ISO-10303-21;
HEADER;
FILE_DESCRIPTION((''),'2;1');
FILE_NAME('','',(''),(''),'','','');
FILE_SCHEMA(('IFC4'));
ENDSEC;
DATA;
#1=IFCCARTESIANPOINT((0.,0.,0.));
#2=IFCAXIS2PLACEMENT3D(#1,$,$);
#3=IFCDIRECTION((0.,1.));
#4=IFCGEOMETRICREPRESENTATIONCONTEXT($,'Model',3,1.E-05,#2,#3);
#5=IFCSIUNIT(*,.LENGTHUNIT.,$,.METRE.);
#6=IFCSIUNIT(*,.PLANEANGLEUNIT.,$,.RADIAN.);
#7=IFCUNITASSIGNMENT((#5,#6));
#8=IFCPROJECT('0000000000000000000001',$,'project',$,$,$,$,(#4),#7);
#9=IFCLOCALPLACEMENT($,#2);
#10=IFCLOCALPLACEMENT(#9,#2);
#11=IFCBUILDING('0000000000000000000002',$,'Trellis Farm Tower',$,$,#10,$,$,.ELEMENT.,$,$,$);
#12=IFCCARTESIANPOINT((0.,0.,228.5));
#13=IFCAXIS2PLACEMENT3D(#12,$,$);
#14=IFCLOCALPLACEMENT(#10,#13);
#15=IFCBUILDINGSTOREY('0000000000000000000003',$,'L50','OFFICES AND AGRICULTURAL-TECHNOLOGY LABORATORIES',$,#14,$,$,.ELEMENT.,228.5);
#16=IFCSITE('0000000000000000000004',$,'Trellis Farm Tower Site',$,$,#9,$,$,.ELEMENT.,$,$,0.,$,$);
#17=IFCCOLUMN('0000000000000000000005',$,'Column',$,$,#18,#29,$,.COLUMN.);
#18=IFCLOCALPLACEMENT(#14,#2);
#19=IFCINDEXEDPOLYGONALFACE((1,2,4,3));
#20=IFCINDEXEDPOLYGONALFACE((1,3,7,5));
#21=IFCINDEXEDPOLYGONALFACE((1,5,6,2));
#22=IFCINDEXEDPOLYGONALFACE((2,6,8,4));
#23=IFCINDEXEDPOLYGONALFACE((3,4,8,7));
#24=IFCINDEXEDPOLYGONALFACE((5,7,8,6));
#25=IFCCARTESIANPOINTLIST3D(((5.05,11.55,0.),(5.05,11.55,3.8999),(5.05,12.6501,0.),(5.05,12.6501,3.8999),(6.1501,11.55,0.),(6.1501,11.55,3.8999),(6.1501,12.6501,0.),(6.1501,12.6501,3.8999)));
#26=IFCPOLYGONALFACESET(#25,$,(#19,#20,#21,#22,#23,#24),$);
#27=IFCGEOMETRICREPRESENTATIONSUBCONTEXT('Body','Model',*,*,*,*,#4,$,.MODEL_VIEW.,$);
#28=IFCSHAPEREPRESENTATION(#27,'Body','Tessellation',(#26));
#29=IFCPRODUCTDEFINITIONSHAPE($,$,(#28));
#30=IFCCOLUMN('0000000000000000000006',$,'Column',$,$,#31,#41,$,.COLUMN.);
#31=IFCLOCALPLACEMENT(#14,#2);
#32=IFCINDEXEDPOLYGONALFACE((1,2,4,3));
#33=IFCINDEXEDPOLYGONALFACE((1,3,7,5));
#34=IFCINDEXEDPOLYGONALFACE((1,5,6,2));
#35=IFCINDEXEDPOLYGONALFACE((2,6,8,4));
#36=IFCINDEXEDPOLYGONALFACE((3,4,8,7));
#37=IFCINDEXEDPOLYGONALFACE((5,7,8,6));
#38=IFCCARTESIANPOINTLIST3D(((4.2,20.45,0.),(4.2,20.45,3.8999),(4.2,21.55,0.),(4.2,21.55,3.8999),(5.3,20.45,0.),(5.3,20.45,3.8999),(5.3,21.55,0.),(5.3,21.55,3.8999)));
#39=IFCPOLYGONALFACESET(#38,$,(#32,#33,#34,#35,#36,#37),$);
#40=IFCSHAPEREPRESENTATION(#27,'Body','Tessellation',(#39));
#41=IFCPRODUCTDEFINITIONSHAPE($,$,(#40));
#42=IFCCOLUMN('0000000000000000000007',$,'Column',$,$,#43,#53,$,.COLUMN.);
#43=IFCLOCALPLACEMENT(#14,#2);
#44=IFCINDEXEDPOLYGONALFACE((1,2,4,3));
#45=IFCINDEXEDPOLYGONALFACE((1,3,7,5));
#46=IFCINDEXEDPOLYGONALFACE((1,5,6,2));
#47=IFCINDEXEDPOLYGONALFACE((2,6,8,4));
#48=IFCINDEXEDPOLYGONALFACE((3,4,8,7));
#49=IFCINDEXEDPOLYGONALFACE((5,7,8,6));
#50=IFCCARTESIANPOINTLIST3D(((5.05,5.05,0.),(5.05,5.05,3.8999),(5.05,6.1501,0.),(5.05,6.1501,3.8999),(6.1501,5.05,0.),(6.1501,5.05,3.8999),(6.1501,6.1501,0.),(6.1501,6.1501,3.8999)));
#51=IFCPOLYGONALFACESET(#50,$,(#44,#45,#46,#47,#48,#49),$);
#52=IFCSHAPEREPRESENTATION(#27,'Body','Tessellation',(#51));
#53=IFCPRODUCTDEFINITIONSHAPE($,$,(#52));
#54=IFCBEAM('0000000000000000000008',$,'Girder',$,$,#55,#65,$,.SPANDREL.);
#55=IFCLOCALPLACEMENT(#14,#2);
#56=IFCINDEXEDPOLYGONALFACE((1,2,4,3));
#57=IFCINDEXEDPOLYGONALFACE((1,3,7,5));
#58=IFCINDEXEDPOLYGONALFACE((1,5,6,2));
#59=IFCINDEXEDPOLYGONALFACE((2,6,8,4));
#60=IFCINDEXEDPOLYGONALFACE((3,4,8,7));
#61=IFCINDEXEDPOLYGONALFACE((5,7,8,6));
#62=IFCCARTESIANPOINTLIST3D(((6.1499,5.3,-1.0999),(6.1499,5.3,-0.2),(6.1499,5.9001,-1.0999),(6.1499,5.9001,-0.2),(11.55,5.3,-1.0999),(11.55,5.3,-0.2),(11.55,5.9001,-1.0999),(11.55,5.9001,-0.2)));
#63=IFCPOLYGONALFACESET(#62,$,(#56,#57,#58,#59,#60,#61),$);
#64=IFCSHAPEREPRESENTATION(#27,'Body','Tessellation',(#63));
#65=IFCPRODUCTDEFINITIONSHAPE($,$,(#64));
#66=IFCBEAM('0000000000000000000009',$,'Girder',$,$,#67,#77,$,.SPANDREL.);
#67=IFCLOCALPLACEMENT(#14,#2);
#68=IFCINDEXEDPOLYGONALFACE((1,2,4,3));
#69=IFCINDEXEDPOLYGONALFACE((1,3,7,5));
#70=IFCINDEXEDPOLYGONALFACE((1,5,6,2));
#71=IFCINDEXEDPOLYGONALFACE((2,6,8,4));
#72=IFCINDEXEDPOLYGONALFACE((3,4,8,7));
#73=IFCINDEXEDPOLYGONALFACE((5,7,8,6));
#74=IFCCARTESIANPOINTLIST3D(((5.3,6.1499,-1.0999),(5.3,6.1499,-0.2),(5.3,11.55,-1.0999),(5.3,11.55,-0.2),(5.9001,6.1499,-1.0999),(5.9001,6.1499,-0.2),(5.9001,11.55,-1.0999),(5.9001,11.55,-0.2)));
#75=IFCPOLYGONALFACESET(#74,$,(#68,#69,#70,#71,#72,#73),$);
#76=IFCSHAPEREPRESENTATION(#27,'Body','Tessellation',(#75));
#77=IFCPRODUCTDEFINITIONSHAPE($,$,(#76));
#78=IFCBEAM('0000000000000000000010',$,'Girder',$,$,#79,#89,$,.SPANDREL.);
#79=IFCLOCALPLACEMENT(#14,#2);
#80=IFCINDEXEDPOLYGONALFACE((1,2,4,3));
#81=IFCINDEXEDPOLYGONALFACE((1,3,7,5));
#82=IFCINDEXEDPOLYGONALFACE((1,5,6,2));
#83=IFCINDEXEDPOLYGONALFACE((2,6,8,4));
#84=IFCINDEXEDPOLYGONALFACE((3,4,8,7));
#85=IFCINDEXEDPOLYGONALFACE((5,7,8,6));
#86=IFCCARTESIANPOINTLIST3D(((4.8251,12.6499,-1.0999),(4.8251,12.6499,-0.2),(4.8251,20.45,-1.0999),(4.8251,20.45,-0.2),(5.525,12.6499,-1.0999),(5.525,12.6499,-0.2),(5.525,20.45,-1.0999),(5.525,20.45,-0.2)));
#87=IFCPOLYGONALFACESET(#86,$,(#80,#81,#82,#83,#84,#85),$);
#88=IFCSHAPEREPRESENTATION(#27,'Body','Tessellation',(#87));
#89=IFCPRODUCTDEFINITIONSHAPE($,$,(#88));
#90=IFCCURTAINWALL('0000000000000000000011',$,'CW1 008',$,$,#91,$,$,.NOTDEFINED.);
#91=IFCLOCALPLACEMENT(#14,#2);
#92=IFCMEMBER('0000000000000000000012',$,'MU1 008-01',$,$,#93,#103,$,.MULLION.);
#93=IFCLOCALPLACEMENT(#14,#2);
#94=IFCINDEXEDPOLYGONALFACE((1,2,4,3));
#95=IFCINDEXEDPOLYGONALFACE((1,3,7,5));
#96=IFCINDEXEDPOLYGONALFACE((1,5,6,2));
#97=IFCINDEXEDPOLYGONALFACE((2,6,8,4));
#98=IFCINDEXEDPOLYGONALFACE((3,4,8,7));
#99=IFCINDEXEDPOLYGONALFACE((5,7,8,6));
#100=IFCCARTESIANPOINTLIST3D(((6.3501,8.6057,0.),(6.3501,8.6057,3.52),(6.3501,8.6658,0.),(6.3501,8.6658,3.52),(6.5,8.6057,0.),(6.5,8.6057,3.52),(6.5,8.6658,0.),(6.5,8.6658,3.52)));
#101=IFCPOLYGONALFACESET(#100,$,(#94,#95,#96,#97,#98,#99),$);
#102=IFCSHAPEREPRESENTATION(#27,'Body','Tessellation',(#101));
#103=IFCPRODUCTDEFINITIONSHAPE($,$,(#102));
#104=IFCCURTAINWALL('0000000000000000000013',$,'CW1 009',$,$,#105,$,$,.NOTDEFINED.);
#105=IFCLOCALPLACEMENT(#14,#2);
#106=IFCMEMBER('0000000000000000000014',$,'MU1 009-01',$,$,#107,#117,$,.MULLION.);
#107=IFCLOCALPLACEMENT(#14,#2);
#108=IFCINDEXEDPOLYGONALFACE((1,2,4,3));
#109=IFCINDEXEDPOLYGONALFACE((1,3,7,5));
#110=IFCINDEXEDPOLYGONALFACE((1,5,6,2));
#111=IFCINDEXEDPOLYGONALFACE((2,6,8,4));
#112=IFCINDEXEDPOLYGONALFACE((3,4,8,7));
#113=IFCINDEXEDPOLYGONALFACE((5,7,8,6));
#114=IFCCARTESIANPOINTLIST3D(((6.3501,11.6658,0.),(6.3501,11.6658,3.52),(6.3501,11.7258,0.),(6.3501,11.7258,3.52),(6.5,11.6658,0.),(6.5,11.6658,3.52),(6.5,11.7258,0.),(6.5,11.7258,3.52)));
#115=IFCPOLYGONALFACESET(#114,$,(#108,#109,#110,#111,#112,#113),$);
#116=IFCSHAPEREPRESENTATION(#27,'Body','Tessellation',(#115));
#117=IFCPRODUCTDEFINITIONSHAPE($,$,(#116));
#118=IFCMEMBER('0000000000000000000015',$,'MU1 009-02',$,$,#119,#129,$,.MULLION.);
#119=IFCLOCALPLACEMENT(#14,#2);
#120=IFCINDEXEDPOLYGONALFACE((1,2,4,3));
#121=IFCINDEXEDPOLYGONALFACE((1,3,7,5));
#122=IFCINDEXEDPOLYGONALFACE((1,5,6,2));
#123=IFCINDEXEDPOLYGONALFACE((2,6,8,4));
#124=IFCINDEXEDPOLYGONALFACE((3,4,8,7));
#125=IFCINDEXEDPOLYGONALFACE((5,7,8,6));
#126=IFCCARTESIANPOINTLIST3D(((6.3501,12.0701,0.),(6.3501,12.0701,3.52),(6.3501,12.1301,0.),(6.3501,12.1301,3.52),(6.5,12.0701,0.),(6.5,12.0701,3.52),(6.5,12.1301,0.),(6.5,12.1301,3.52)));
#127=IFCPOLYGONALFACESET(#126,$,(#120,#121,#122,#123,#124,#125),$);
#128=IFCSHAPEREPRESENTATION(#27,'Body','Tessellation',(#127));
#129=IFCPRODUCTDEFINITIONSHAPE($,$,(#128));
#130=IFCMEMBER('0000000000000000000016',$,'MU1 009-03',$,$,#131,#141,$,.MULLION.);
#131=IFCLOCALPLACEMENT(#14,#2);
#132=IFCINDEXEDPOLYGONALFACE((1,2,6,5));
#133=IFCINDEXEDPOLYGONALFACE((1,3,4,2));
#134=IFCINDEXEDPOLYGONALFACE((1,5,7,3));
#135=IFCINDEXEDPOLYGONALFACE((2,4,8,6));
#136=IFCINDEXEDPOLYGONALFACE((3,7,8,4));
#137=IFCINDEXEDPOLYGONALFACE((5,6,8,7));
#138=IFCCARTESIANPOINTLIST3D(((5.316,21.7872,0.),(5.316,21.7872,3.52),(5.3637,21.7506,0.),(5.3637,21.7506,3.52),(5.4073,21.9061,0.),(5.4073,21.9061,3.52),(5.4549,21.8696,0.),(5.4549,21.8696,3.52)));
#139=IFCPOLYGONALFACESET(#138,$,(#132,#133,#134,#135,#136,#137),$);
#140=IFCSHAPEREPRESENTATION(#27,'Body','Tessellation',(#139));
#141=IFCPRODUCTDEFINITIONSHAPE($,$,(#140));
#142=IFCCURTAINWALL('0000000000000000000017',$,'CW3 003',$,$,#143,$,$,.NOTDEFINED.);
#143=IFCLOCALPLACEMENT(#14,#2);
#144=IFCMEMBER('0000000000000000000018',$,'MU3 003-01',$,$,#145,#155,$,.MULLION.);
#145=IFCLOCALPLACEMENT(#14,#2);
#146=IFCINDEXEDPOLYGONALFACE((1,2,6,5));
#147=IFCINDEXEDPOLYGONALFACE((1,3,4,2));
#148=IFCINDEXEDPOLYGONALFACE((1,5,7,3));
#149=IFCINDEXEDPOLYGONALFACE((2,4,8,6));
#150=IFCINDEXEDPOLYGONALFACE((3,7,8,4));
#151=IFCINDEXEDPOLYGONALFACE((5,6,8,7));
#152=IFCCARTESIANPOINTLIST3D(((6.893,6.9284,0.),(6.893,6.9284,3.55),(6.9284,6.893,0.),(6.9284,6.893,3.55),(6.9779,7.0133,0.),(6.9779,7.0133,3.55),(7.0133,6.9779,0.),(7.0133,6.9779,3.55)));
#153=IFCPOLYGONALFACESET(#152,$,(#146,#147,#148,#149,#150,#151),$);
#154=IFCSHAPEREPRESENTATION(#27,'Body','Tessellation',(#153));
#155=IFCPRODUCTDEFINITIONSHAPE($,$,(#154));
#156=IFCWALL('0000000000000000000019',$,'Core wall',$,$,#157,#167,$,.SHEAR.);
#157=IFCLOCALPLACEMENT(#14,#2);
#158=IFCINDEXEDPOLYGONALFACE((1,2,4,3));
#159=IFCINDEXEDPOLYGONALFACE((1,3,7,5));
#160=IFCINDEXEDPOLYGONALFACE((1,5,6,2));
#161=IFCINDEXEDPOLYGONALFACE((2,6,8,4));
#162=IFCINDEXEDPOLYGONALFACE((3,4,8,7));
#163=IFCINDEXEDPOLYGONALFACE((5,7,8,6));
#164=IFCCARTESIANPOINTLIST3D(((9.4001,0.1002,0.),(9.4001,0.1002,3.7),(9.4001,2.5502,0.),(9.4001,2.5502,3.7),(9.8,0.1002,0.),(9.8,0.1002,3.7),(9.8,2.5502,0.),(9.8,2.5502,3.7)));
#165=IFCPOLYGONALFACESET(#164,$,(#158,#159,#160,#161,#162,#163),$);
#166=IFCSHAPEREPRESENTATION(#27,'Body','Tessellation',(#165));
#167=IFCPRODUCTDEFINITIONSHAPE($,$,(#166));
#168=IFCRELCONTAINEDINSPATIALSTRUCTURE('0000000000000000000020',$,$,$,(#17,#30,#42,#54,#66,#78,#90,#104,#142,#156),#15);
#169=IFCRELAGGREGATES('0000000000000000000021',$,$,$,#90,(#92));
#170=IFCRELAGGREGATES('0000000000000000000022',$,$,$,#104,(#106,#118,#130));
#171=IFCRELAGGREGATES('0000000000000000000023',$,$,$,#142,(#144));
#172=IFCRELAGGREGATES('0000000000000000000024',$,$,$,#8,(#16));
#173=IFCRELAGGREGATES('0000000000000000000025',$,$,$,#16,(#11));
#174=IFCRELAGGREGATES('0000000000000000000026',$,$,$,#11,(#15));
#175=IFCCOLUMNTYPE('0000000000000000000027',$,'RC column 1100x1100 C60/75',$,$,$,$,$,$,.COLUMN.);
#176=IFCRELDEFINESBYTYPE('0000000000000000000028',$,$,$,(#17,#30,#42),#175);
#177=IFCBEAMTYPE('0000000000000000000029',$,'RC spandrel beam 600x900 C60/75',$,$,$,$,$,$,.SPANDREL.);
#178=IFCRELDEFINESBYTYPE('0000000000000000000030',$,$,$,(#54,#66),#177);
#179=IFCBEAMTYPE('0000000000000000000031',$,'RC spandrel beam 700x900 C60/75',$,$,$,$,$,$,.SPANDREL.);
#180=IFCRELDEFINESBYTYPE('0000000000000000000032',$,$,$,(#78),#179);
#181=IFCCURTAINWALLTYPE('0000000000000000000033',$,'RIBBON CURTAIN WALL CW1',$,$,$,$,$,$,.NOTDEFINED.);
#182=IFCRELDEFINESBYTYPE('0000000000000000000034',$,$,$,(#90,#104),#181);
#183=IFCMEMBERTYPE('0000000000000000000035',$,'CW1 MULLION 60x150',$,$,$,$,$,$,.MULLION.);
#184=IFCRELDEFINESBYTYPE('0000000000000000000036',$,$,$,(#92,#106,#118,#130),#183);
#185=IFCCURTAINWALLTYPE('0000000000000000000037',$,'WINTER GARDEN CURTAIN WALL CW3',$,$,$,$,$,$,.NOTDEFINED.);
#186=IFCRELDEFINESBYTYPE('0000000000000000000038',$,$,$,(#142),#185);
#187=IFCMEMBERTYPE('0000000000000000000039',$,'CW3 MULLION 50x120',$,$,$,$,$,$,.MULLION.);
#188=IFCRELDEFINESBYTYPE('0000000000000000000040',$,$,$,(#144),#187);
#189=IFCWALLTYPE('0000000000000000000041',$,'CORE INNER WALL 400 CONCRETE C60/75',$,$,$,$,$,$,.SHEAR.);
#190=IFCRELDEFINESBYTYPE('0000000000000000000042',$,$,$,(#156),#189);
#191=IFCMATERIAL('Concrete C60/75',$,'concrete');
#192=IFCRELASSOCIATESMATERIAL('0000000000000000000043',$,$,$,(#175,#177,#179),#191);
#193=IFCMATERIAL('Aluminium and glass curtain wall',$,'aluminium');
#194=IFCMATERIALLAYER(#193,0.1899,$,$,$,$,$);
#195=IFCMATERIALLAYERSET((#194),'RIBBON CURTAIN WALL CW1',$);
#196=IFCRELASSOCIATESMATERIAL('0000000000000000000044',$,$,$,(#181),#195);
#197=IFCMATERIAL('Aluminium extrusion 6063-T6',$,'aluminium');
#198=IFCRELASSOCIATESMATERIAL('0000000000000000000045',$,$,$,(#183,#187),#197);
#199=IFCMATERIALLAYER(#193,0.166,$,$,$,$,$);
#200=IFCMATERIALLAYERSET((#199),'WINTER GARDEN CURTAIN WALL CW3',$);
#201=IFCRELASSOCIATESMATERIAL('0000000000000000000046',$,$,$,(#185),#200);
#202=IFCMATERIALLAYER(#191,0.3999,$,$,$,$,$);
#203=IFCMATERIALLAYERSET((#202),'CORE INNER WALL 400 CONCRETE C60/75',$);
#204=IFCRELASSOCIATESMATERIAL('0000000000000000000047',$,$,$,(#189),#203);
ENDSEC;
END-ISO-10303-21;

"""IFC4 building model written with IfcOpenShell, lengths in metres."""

from ifc_helpers import new_model, si_unit, direction, frame, frame_2d, origin, origin_2d, place, context, subcontext, project, spatial, rectangle, extrude, source, transform, mapped, material, layer, layer_set, material_profile, profile_set, type_object, element, aggregate, save


model = new_model("IFC4")

# Units and contexts
model_context = context("Model", 3, precision=1e-05, world=origin(), true_north=direction((0.0, 1.0)))
body_context = subcontext(model_context, "Body", "Model", "MODEL_VIEW")
ifc_project = project(units=[si_unit("LENGTHUNIT", "METRE"), si_unit("PLANEANGLEUNIT", "RADIAN")], contexts=[model_context])

# Site, building, storey
site_placement = place(None, origin())
site = spatial("IfcSite", under=ifc_project, at=site_placement, Name="Trellis Farm Tower Site", CompositionType="ELEMENT", RefElevation=0.0)
building_placement = place(site_placement, origin())
building = spatial("IfcBuilding", under=site, at=building_placement, Name="Trellis Farm Tower", CompositionType="ELEMENT")
storey_placement = place(building_placement, frame((0.0, 0.0, 228.5)))
storey = spatial("IfcBuildingStorey", under=building, at=storey_placement, Name="L50", Description="OFFICES AND AGRICULTURAL-TECHNOLOGY LABORATORIES", CompositionType="ELEMENT", Elevation=228.5)

# Columns
ifc_material_1 = material(Name="Concrete C60/75", Category="concrete")
ifc_material_profile_1 = material_profile(ifc_material_1, rectangle(XDim=1.1001, YDim=1.1001, at=origin_2d()), Name="RC column 1100x1100 C60/75")
ifc_profile_set_1 = profile_set([ifc_material_profile_1], Name="Concrete C60/75")
column_type = type_object("IfcColumnType", Name="RC column 1100x1100 C60/75", PredefinedType="COLUMN", material=ifc_profile_set_1)
shared_shape_1 = source(origin(), body_context, "Body", "SweptSolid", [
    extrude(rectangle(XDim=1.1001, YDim=1.1001, at=origin_2d()), origin(), (0.0, 0.0, 1.0), 3.8999),
])
for number, where, z_axis, x_axis, name in (
    (1, (5.6001, 12.1001, 0.0), (0.0, 0.0, 1.0), (1.0, 0.0, 0.0), "Column"),
    (2, (4.75, 21.0, 0.0), (0.0, 0.0, 1.0), (1.0, 0.0, 0.0), "Column"),
    (3, (5.6001, 5.6001, 0.0), (0.0, 0.0, 1.0), (1.0, 0.0, 0.0), "Column"),
):
    element("IfcColumn", number, at=place(storey_placement, frame(where, z_axis=z_axis, x_axis=x_axis)), inside=storey, type_object=column_type, Name=name, PredefinedType="COLUMN", context=body_context, shape_type="MappedRepresentation", body=[
        mapped(shared_shape_1, transform((0.0, 0.0, 0.0))),
    ])

# Beams
ifc_material_profile_2 = material_profile(ifc_material_1, rectangle(XDim=0.6001, YDim=0.8999, at=origin_2d()), Name="RC spandrel beam 600x900 C60/75")
ifc_profile_set_2 = profile_set([ifc_material_profile_2], Name="Concrete C60/75")
beam_type_1 = type_object("IfcBeamType", Name="RC spandrel beam 600x900 C60/75", PredefinedType="SPANDREL", material=ifc_profile_set_2)
shared_shape_2 = source(origin(), body_context, "Body", "SweptSolid", [
    extrude(rectangle(XDim=0.6001, YDim=0.8999, at=origin_2d()), origin(), (0.0, 0.0, 1.0), 5.4001),
])
for number, where, z_axis, x_axis, name in (
    (4, (6.1499, 5.6001, -0.6499), (1.0, 0.0, 0.0), (0.0, 1.0, 0.0), "Girder"),
    (5, (5.6001, 6.1499, -0.6499), (0.0, 1.0, 0.0), (-1.0, 0.0, 0.0), "Girder"),
):
    element("IfcBeam", number, at=place(storey_placement, frame(where, z_axis=z_axis, x_axis=x_axis)), inside=storey, type_object=beam_type_1, Name=name, PredefinedType="SPANDREL", context=body_context, shape_type="MappedRepresentation", body=[
        mapped(shared_shape_2, transform((0.0, 0.0, 0.0))),
    ])
ifc_material_profile_3 = material_profile(ifc_material_1, rectangle(XDim=0.7, YDim=0.8999, at=origin_2d()), Name="RC spandrel beam 700x900 C60/75")
ifc_profile_set_3 = profile_set([ifc_material_profile_3], Name="Concrete C60/75")
beam_type_2 = type_object("IfcBeamType", Name="RC spandrel beam 700x900 C60/75", PredefinedType="SPANDREL", material=ifc_profile_set_3)
shared_shape_3 = source(origin(), body_context, "Body", "SweptSolid", [
    extrude(rectangle(XDim=0.7, YDim=0.8999, at=origin_2d()), origin(), (0.0, 0.0, 1.0), 7.8),
])
beam_placement = place(storey_placement, frame((5.175, 12.6499, -0.6499), z_axis=(0.0, 1.0, 0.0), x_axis=(-1.0, 0.0, 0.0)))
element("IfcBeam", 6, at=beam_placement, inside=storey, type_object=beam_type_2, Name="Girder", PredefinedType="SPANDREL", context=body_context, shape_type="MappedRepresentation", body=[
    mapped(shared_shape_3, transform((0.0, 0.0, 0.0))),
])

# Curtain wall, member
ifc_material_2 = material(Name="Aluminium and glass curtain wall", Category="aluminium")
ifc_layer_1 = layer(ifc_material_2, 0.1899)
ifc_layer_set_1 = layer_set([ifc_layer_1], Name="RIBBON CURTAIN WALL CW1")
curtain_wall_type_1 = type_object("IfcCurtainWallType", Name="RIBBON CURTAIN WALL CW1", PredefinedType="NOTDEFINED", material=ifc_layer_set_1)
placement = place(storey_placement, origin())
curtain_wall_1 = element("IfcCurtainWall", 7, at=placement, inside=storey, type_object=curtain_wall_type_1, Name="CW1 008", PredefinedType="NOTDEFINED")
ifc_material_3 = material(Name="Aluminium extrusion 6063-T6", Category="aluminium")
ifc_material_profile_4 = material_profile(ifc_material_3, rectangle(XDim=0.0601, YDim=0.1499, at=origin_2d()), Name="MULLION 60x150")
ifc_profile_set_4 = profile_set([ifc_material_profile_4], Name="Aluminium extrusion 6063-T6")
member_type_1 = type_object("IfcMemberType", Name="CW1 MULLION 60x150", PredefinedType="MULLION", material=ifc_profile_set_4)
shared_shape_4 = source(origin(), body_context, "Body", "SweptSolid", [
    extrude(rectangle(XDim=0.0601, YDim=0.1499, at=origin_2d()), origin(), (0.0, 0.0, 1.0), 3.52),
])
member_1_placement = place(storey_placement, frame((6.425, 8.6357, 0.0), z_axis=(0.0, 0.0, 1.0), x_axis=(0.0, 1.0, 0.0)))
member_1 = element("IfcMember", 8, at=member_1_placement, type_object=member_type_1, Name="MU1 008-01", PredefinedType="MULLION", context=body_context, shape_type="MappedRepresentation", body=[
    mapped(shared_shape_4, transform((0.0, 0.0, 0.0))),
])
aggregate(curtain_wall_1, [member_1])

# Curtain wall, members
curtain_wall_2 = element("IfcCurtainWall", 9, at=placement, inside=storey, type_object=curtain_wall_type_1, Name="CW1 009", PredefinedType="NOTDEFINED")
member_2_placement = place(storey_placement, frame((6.425, 11.6958, 0.0), z_axis=(0.0, 0.0, 1.0), x_axis=(0.0, 1.0, 0.0)))
member_2 = element("IfcMember", 10, at=member_2_placement, type_object=member_type_1, Name="MU1 009-01", PredefinedType="MULLION", context=body_context, shape_type="MappedRepresentation", body=[
    mapped(shared_shape_4, transform((0.0, 0.0, 0.0))),
])
member_3_placement = place(storey_placement, frame((6.425, 12.1001, 0.0), z_axis=(0.0, 0.0, 1.0), x_axis=(0.0, 1.0, 0.0)))
member_3 = element("IfcMember", 11, at=member_3_placement, type_object=member_type_1, Name="MU1 009-02", PredefinedType="MULLION", context=body_context, shape_type="MappedRepresentation", body=[
    mapped(shared_shape_4, transform((0.0, 0.0, 0.0))),
])
member_4_placement = place(storey_placement, frame((5.3855, 21.8284, 0.0), z_axis=(0.0, 0.0, 1.0), x_axis=(-0.793353, 0.608761, 0.0)))
member_4 = element("IfcMember", 12, at=member_4_placement, type_object=member_type_1, Name="MU1 009-03", PredefinedType="MULLION", context=body_context, shape_type="MappedRepresentation", body=[
    mapped(shared_shape_4, transform((0.0, 0.0, 0.0))),
])
aggregate(curtain_wall_2, [member_2, member_3, member_4])

# Curtain wall, member
ifc_layer_2 = layer(ifc_material_2, 0.166)
ifc_layer_set_2 = layer_set([ifc_layer_2], Name="WINTER GARDEN CURTAIN WALL CW3")
curtain_wall_type_2 = type_object("IfcCurtainWallType", Name="WINTER GARDEN CURTAIN WALL CW3", PredefinedType="NOTDEFINED", material=ifc_layer_set_2)
curtain_wall_3 = element("IfcCurtainWall", 13, at=placement, inside=storey, type_object=curtain_wall_type_2, Name="CW3 003", PredefinedType="NOTDEFINED")
ifc_material_profile_5 = material_profile(ifc_material_3, rectangle(XDim=0.05, YDim=0.1201, at=origin_2d()), Name="MULLION 50x120")
ifc_profile_set_5 = profile_set([ifc_material_profile_5], Name="Aluminium extrusion 6063-T6")
member_type_2 = type_object("IfcMemberType", Name="CW3 MULLION 50x120", PredefinedType="MULLION", material=ifc_profile_set_5)
shared_shape_5 = source(origin(), body_context, "Body", "SweptSolid", [
    extrude(rectangle(XDim=0.05, YDim=0.1201, at=origin_2d()), origin(), (0.0, 0.0, 1.0), 3.55),
])
member_5_placement = place(storey_placement, frame((6.9531, 6.9531, 0.0), z_axis=(0.0, 0.0, 1.0), x_axis=(-0.707107, 0.707107, 0.0)))
member_5 = element("IfcMember", 14, at=member_5_placement, type_object=member_type_2, Name="MU3 003-01", PredefinedType="MULLION", context=body_context, shape_type="MappedRepresentation", body=[
    mapped(shared_shape_5, transform((0.0, 0.0, 0.0))),
])
aggregate(curtain_wall_3, [member_5])

# Wall
ifc_layer_3 = layer(ifc_material_1, 0.3999)
ifc_layer_set_3 = layer_set([ifc_layer_3], Name="CORE INNER WALL 400 CONCRETE C60/75")
wall_type_1 = type_object("IfcWallType", Name="CORE INNER WALL 400 CONCRETE C60/75", PredefinedType="SHEAR", material=ifc_layer_set_3)
shared_shape_6 = source(origin(), body_context, "Body", "SweptSolid", [
    extrude(rectangle(XDim=2.45, YDim=0.3999, at=frame_2d((1.2251, 0.0))), origin(), (0.0, 0.0, 1.0), 3.7),
])
wall_1_placement = place(storey_placement, frame((9.6001, 0.1001, 0.0), z_axis=(0.0, 0.0, 1.0), x_axis=(0.0, 1.0, 0.0)))
element("IfcWall", 15, at=wall_1_placement, inside=storey, type_object=wall_type_1, Name="Core wall", PredefinedType="SHEAR", context=body_context, shape_type="MappedRepresentation", body=[
    mapped(shared_shape_6, transform((0.0, 0.0, 0.0))),
])

save(model, "model.ifc")
